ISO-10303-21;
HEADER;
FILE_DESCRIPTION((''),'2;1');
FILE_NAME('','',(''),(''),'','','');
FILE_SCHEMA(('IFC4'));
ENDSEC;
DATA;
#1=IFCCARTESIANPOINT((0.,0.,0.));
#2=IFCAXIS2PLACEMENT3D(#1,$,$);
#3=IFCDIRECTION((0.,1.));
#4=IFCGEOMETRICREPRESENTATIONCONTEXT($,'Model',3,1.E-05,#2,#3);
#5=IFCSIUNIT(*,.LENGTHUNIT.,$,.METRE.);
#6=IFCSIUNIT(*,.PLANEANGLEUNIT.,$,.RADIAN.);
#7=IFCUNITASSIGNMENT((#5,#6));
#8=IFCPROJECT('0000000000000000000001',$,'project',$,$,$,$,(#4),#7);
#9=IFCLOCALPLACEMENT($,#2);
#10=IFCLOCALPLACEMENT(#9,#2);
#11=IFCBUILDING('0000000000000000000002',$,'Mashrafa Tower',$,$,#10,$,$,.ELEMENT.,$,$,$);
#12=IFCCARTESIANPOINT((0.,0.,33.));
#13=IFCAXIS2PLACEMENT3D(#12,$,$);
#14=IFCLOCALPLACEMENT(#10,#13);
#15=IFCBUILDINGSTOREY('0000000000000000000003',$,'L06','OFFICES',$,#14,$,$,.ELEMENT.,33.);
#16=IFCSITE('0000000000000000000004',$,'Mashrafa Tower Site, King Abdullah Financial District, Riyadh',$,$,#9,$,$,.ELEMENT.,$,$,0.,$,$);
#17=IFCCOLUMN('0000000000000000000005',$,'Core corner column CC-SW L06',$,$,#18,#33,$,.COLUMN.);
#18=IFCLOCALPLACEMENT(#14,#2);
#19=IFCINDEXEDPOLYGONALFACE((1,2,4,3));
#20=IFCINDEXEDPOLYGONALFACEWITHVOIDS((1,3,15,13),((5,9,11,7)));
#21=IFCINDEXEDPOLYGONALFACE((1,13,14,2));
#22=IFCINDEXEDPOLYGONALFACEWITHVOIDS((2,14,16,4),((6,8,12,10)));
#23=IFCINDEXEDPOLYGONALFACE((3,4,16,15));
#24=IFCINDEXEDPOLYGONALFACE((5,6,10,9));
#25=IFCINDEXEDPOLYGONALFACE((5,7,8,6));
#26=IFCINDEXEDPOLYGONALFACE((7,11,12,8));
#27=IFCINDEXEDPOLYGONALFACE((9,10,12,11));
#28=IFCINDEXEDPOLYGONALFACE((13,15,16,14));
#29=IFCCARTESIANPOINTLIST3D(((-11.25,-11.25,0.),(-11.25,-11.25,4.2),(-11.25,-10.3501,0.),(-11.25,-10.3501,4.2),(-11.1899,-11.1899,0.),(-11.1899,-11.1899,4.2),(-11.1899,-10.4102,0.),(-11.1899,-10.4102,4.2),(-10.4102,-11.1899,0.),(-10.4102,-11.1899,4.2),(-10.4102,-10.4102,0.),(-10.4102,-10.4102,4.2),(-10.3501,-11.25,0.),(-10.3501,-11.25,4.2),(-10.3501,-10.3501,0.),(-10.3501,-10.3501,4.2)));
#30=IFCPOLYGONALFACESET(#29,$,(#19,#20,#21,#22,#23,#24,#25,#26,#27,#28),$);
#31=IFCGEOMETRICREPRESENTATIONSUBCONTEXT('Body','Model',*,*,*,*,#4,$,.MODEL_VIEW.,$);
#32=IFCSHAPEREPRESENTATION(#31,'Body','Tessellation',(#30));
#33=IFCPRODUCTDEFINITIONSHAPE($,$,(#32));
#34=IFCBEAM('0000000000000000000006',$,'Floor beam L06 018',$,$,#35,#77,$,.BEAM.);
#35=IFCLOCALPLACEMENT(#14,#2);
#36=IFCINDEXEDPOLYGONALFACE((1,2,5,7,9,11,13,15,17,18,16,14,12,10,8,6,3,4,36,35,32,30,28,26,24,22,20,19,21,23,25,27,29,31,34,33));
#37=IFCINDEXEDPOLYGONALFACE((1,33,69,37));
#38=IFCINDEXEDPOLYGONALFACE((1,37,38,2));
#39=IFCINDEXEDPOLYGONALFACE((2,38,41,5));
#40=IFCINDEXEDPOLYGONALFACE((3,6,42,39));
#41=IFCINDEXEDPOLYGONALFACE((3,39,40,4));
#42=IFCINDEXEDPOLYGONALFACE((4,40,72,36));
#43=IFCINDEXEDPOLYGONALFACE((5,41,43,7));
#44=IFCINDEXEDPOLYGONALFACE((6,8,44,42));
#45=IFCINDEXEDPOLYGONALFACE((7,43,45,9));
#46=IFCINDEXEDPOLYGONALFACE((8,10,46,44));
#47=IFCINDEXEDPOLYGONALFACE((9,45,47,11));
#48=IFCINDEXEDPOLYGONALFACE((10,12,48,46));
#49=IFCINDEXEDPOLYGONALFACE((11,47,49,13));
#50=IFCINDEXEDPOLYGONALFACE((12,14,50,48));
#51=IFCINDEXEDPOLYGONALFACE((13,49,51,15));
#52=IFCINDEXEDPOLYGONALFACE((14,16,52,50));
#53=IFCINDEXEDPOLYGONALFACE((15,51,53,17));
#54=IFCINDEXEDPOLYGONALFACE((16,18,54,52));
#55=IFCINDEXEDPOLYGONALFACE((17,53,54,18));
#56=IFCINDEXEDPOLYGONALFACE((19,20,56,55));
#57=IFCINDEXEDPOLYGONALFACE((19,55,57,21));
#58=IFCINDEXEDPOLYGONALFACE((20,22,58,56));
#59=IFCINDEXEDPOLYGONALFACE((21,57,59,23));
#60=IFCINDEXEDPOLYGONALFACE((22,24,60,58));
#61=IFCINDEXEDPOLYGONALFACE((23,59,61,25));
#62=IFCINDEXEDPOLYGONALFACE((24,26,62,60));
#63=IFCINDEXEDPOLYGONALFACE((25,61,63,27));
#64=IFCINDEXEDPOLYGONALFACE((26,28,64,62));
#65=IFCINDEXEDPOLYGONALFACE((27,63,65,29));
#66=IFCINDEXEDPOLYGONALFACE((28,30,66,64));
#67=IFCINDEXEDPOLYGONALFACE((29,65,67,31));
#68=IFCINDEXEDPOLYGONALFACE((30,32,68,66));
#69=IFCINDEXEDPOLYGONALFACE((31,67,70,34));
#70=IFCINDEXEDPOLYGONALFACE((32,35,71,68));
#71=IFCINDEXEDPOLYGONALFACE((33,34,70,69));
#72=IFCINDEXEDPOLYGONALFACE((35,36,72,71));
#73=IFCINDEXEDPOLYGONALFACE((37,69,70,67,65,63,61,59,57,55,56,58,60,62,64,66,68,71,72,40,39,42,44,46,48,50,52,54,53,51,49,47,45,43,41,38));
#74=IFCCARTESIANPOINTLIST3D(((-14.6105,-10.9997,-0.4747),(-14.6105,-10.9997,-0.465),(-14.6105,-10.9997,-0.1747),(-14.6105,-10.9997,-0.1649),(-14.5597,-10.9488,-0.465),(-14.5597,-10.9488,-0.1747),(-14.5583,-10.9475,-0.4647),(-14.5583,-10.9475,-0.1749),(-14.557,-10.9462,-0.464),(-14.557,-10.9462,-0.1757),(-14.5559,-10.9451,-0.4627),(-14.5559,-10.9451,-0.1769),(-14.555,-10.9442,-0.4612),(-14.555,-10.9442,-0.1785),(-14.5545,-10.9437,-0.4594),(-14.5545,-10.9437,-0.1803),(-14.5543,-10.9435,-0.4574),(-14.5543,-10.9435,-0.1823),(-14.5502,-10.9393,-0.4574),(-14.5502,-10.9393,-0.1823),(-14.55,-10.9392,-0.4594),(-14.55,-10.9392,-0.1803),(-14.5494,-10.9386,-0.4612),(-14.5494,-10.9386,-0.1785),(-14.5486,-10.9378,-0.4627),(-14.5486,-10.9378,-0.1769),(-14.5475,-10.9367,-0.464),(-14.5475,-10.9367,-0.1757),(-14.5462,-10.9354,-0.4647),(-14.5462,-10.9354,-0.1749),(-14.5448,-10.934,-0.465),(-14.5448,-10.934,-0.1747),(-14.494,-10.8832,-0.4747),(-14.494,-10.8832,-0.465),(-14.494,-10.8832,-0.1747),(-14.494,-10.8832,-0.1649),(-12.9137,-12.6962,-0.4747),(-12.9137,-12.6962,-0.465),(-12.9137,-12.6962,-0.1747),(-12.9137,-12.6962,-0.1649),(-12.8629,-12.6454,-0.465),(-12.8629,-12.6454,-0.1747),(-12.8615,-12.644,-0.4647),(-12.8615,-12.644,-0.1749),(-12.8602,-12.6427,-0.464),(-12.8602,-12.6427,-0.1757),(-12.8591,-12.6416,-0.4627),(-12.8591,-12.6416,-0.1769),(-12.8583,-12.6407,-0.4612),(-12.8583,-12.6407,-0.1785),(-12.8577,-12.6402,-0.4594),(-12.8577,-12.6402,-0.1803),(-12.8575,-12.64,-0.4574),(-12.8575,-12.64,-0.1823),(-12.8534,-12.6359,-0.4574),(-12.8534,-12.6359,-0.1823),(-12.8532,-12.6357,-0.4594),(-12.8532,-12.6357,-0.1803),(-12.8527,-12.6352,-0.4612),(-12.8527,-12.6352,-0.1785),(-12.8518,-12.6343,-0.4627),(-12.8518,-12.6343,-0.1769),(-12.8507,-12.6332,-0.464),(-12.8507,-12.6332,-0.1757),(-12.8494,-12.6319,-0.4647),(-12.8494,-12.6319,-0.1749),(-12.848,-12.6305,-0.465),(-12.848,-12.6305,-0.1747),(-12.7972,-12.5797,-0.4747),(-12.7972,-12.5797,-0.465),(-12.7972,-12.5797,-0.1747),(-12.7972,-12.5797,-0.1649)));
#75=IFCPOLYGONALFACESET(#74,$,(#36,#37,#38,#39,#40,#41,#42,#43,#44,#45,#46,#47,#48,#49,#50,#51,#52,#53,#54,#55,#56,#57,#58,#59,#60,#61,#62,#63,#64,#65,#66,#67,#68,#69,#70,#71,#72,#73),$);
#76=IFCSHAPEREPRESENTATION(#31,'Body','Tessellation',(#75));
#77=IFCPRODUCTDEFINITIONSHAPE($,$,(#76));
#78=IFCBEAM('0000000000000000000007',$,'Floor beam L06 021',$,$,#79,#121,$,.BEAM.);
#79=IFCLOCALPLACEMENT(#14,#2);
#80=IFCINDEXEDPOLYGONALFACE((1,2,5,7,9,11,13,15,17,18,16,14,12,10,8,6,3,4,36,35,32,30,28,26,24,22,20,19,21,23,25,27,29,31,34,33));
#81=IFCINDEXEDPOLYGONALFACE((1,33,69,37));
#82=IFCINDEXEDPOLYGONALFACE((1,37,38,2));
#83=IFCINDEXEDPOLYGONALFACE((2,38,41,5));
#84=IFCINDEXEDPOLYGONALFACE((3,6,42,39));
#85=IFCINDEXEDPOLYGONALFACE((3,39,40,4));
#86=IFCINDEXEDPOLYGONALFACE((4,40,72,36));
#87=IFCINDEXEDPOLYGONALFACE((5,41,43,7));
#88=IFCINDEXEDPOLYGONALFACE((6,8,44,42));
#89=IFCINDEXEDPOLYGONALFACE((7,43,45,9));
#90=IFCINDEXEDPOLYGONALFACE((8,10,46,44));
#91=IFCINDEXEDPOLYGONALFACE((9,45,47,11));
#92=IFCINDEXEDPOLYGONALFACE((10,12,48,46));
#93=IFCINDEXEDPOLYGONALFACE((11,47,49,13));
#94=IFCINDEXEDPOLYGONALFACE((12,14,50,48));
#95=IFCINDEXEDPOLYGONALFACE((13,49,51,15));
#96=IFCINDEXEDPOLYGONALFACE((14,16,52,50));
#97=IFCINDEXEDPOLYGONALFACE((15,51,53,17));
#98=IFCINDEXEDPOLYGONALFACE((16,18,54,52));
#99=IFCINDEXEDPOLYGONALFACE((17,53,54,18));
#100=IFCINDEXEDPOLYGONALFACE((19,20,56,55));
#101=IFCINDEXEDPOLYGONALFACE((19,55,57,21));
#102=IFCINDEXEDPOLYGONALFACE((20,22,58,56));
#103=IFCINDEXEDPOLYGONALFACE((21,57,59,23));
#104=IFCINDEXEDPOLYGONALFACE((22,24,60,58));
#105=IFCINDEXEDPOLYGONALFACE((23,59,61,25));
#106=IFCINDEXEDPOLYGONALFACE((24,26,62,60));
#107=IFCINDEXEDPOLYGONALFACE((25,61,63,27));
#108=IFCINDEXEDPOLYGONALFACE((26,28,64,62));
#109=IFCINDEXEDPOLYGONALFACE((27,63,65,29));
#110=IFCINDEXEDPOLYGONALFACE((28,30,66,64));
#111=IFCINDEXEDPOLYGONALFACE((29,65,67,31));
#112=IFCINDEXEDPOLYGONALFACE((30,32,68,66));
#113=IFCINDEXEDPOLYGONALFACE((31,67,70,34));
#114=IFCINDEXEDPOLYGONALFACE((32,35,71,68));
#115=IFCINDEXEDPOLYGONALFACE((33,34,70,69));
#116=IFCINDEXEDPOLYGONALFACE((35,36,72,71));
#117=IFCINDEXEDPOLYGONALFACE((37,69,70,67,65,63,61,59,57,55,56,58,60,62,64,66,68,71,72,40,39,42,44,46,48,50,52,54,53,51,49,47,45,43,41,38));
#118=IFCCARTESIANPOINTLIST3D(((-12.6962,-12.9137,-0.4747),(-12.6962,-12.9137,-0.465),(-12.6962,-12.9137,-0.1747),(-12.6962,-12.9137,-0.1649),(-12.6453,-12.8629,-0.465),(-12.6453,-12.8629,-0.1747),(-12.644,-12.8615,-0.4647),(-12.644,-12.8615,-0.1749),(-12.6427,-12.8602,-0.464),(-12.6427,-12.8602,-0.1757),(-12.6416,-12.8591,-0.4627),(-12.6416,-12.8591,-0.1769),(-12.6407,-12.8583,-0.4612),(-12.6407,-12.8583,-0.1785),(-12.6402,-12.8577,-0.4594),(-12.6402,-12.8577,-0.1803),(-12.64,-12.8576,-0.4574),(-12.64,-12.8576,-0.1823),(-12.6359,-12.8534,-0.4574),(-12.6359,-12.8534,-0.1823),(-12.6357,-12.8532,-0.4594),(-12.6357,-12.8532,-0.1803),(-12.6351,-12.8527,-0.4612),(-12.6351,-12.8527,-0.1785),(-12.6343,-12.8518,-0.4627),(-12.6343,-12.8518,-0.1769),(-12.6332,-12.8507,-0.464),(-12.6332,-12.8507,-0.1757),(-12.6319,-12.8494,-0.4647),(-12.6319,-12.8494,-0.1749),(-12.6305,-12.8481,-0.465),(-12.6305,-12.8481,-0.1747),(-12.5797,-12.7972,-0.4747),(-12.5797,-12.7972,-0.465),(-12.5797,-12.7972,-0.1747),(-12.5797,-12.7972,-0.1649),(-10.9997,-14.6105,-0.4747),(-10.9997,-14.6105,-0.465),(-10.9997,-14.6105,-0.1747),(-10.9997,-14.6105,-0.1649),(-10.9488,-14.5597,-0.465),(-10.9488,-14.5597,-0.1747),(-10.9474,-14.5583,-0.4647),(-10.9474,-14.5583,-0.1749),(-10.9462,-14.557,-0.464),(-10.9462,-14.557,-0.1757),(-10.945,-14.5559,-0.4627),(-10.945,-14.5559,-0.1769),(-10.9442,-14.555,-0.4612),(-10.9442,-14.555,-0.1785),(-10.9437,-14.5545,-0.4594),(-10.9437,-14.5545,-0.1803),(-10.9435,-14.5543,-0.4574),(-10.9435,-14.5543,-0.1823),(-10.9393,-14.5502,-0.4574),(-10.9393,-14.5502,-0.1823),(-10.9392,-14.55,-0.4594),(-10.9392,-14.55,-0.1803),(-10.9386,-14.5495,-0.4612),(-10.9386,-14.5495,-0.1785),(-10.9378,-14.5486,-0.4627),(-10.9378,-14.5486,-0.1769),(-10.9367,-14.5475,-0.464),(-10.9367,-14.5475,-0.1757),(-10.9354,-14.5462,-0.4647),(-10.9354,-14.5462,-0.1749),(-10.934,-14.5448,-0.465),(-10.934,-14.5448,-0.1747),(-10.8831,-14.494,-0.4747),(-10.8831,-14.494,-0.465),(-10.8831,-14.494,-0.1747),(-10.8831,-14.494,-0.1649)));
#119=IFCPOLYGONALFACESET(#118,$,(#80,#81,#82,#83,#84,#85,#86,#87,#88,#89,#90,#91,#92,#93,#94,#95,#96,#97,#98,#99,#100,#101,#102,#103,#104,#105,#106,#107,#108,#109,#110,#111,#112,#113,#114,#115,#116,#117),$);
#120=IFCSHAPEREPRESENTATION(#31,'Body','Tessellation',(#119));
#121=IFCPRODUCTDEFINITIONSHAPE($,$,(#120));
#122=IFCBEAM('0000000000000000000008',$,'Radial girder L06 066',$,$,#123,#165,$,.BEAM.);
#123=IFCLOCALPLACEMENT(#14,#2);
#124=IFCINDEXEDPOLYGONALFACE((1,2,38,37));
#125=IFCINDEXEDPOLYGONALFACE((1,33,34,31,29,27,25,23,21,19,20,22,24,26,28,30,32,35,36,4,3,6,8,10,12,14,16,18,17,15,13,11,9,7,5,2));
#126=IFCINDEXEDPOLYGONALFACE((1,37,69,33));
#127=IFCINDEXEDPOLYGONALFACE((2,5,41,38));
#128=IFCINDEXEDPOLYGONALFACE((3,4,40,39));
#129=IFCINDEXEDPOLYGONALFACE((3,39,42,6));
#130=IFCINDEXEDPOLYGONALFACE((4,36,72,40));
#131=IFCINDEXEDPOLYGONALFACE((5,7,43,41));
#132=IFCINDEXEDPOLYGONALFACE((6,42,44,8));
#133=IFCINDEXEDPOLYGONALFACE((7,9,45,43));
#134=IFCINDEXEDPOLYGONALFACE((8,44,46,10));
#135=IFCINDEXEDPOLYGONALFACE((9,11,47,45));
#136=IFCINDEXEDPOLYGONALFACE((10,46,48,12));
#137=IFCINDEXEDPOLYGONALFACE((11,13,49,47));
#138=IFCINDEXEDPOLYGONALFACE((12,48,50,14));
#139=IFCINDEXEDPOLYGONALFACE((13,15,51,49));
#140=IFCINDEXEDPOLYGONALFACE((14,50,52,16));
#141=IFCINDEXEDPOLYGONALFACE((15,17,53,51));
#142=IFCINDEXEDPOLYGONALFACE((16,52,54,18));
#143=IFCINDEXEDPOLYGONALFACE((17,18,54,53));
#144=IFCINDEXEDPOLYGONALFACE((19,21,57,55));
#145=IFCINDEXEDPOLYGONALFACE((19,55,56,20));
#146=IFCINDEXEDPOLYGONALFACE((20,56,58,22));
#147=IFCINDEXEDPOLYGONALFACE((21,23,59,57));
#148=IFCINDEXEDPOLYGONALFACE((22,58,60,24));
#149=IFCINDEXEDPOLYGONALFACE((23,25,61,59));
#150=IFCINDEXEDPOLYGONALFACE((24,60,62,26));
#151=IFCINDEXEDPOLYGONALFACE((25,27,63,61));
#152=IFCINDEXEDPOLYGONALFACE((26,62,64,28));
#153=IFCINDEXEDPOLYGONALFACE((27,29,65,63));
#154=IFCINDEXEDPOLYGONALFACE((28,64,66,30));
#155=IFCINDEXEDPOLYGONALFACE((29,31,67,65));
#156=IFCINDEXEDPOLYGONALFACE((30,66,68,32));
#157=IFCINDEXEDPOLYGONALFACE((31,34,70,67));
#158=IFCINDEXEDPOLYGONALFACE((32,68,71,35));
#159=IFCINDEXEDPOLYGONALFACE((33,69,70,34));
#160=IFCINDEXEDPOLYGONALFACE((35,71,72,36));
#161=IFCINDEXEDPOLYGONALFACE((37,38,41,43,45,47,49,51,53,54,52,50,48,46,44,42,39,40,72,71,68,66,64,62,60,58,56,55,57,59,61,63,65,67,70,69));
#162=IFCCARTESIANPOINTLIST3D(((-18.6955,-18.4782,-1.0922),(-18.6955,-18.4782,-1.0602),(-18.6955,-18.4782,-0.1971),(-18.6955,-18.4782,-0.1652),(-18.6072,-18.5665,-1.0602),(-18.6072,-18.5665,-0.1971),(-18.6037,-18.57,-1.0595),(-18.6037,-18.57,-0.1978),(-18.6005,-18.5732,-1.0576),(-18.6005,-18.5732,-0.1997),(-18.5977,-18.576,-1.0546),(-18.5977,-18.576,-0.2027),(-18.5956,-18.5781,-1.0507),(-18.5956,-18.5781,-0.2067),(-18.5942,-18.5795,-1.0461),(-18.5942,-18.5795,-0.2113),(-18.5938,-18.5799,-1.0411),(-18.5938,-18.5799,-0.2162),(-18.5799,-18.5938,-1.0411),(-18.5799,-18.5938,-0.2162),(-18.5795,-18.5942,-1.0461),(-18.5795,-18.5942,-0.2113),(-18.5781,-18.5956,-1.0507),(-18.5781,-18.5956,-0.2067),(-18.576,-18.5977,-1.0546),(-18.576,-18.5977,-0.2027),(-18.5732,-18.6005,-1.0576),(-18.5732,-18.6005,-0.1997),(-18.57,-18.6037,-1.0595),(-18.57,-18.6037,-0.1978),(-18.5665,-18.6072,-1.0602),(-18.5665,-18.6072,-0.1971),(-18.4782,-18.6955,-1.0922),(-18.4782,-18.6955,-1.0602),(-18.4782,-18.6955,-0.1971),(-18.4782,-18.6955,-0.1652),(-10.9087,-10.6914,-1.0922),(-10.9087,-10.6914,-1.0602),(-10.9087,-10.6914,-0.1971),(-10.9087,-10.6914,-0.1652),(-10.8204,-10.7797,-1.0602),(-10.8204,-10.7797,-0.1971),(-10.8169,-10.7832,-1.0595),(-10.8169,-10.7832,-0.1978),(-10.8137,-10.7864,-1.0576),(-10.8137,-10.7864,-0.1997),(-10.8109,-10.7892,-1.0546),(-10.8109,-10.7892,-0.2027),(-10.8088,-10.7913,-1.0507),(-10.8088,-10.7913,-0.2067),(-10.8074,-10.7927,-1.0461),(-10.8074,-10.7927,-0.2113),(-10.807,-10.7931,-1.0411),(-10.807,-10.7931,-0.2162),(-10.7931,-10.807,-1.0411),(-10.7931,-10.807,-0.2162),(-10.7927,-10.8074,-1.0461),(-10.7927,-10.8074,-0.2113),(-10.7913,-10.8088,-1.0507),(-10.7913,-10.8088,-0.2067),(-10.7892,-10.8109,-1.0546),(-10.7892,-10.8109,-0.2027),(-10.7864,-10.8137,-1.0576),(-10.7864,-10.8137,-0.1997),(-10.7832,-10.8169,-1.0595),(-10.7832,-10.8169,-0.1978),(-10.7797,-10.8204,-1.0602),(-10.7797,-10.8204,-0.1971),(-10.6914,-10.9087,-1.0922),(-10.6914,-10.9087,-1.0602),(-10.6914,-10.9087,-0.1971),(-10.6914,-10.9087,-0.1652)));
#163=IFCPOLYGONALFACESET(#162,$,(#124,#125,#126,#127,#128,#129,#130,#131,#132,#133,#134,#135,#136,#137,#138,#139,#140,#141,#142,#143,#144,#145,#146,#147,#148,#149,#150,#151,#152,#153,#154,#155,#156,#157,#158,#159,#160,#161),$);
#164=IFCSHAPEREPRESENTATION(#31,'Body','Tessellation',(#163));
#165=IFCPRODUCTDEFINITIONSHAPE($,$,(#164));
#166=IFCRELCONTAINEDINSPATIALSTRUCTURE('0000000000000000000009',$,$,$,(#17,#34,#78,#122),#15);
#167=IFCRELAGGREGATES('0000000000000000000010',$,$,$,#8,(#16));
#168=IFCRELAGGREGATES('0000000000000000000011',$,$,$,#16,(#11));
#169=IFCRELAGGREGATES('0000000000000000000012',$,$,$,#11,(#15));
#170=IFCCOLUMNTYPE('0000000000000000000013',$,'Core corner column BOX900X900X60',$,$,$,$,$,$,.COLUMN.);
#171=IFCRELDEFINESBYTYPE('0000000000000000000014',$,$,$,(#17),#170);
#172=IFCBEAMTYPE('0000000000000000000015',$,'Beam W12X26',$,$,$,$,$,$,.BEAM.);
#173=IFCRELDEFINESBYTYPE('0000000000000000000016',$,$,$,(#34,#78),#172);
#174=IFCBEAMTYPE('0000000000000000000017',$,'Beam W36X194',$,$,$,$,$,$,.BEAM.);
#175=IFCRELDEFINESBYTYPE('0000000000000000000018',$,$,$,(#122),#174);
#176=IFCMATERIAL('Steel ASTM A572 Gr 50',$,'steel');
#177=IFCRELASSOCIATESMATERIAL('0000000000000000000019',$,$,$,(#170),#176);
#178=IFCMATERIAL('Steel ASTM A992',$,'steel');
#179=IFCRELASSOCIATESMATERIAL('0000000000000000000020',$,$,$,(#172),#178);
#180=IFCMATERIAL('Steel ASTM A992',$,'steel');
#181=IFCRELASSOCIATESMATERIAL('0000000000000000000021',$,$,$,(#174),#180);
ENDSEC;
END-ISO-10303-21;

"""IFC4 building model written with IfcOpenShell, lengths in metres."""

from ifc_helpers import new_model, si_unit, direction, frame, origin, origin_2d, place, context, subcontext, project, spatial, hollow_rectangle, i_section, extrude, material, material_profile, profile_set, type_object, element, save


model = new_model("IFC4")

# Units and contexts
model_context = context("Model", 3, precision=1e-05, world=origin(), true_north=direction((0.0, 1.0)))
body_context = subcontext(model_context, "Body", "Model", "MODEL_VIEW")
ifc_project = project(units=[si_unit("LENGTHUNIT", "METRE"), si_unit("PLANEANGLEUNIT", "RADIAN")], contexts=[model_context])

# Site, building, storey
site_placement = place(None, origin())
site = spatial("IfcSite", under=ifc_project, at=site_placement, Name="Mashrafa Tower Site, King Abdullah Financial District, Riyadh", CompositionType="ELEMENT", RefElevation=0.0)
building_placement = place(site_placement, origin())
building = spatial("IfcBuilding", under=site, at=building_placement, Name="Mashrafa Tower", CompositionType="ELEMENT")
storey_placement = place(building_placement, frame((0.0, 0.0, 33.0)))
storey = spatial("IfcBuildingStorey", under=building, at=storey_placement, Name="L06", Description="OFFICES", CompositionType="ELEMENT", Elevation=33.0)

# Column
ifc_material_1 = material(Name="Steel ASTM A572 Gr 50", Category="steel")
ifc_material_profile_1 = material_profile(ifc_material_1, hollow_rectangle(XDim=0.8999, YDim=0.8999, WallThickness=0.0601, at=origin_2d()), Name="BOX900X900X60")
ifc_profile_set_1 = profile_set([ifc_material_profile_1], Name="Steel ASTM A572 Gr 50")
column_type = type_object("IfcColumnType", Name="Core corner column BOX900X900X60", PredefinedType="COLUMN", material=ifc_profile_set_1)
column_placement = place(storey_placement, frame((-10.8, -10.8, 0.0), z_axis=(0.0, 0.0, 1.0), x_axis=(1.0, 0.0, 0.0)))
element("IfcColumn", 1, at=column_placement, inside=storey, type_object=column_type, Name="Core corner column CC-SW L06", PredefinedType="COLUMN", context=body_context, shape_type="SweptSolid", body=[
    extrude(hollow_rectangle(XDim=0.8999, YDim=0.8999, WallThickness=0.0601, at=origin_2d()), origin(), (0.0, 0.0, 1.0), 4.2),
])

# Beams
ifc_material_2 = material(Name="Steel ASTM A992", Category="steel")
ifc_material_profile_2 = material_profile(ifc_material_2, i_section(OverallWidth=0.1648, OverallDepth=0.3098, WebThickness=0.0059, FlangeThickness=0.0098, FilletRadius=0.0076, at=origin_2d()), Name="W12X26")
ifc_profile_set_2 = profile_set([ifc_material_profile_2], Name="Steel ASTM A992")
beam_type_1 = type_object("IfcBeamType", Name="Beam W12X26", PredefinedType="BEAM", material=ifc_profile_set_2)
for number, where, z_axis, x_axis, name in (
    (2, (-12.8555, -12.6379, -0.3198), (-0.707158, 0.707056, 0.0), (-0.707056, -0.707158, 0.0), "Floor beam L06 018"),
    (3, (-10.9414, -14.5522, -0.3198), (-0.707056, 0.707158, 0.0), (-0.707158, -0.707056, 0.0), "Floor beam L06 021"),
):
    element("IfcBeam", number, at=place(storey_placement, frame(where, z_axis=z_axis, x_axis=x_axis)), inside=storey, type_object=beam_type_1, Name=name, PredefinedType="BEAM", context=body_context, shape_type="SweptSolid", body=[
        extrude(i_section(OverallWidth=0.1648, OverallDepth=0.3098, WebThickness=0.0059, FlangeThickness=0.0098, FilletRadius=0.0076, at=origin_2d()), origin(), (0.0, 0.0, 1.0), 2.3994),
    ])
ifc_material_3 = material(Name="Steel ASTM A992", Category="steel")
ifc_material_profile_3 = material_profile(ifc_material_3, i_section(OverallWidth=0.3074, OverallDepth=0.927, WebThickness=0.0195, FlangeThickness=0.032, FilletRadius=0.019, at=origin_2d()), Name="W36X194")
ifc_profile_set_3 = profile_set([ifc_material_profile_3], Name="Steel ASTM A992")
beam_type_2 = type_object("IfcBeamType", Name="Beam W36X194", PredefinedType="BEAM", material=ifc_profile_set_3)
beam_1_placement = place(storey_placement, frame((-10.8, -10.8, -0.6287), z_axis=(-0.707107, -0.707107, 0.0), x_axis=(0.707107, -0.707107, 0.0)))
element("IfcBeam", 4, at=beam_1_placement, inside=storey, type_object=beam_type_2, Name="Radial girder L06 066", PredefinedType="BEAM", context=body_context, shape_type="SweptSolid", body=[
    extrude(i_section(OverallWidth=0.3074, OverallDepth=0.927, WebThickness=0.0195, FlangeThickness=0.032, FilletRadius=0.019, at=origin_2d()), origin(), (0.0, 0.0, 1.0), 11.0122),
])

save(model, "model.ifc")
